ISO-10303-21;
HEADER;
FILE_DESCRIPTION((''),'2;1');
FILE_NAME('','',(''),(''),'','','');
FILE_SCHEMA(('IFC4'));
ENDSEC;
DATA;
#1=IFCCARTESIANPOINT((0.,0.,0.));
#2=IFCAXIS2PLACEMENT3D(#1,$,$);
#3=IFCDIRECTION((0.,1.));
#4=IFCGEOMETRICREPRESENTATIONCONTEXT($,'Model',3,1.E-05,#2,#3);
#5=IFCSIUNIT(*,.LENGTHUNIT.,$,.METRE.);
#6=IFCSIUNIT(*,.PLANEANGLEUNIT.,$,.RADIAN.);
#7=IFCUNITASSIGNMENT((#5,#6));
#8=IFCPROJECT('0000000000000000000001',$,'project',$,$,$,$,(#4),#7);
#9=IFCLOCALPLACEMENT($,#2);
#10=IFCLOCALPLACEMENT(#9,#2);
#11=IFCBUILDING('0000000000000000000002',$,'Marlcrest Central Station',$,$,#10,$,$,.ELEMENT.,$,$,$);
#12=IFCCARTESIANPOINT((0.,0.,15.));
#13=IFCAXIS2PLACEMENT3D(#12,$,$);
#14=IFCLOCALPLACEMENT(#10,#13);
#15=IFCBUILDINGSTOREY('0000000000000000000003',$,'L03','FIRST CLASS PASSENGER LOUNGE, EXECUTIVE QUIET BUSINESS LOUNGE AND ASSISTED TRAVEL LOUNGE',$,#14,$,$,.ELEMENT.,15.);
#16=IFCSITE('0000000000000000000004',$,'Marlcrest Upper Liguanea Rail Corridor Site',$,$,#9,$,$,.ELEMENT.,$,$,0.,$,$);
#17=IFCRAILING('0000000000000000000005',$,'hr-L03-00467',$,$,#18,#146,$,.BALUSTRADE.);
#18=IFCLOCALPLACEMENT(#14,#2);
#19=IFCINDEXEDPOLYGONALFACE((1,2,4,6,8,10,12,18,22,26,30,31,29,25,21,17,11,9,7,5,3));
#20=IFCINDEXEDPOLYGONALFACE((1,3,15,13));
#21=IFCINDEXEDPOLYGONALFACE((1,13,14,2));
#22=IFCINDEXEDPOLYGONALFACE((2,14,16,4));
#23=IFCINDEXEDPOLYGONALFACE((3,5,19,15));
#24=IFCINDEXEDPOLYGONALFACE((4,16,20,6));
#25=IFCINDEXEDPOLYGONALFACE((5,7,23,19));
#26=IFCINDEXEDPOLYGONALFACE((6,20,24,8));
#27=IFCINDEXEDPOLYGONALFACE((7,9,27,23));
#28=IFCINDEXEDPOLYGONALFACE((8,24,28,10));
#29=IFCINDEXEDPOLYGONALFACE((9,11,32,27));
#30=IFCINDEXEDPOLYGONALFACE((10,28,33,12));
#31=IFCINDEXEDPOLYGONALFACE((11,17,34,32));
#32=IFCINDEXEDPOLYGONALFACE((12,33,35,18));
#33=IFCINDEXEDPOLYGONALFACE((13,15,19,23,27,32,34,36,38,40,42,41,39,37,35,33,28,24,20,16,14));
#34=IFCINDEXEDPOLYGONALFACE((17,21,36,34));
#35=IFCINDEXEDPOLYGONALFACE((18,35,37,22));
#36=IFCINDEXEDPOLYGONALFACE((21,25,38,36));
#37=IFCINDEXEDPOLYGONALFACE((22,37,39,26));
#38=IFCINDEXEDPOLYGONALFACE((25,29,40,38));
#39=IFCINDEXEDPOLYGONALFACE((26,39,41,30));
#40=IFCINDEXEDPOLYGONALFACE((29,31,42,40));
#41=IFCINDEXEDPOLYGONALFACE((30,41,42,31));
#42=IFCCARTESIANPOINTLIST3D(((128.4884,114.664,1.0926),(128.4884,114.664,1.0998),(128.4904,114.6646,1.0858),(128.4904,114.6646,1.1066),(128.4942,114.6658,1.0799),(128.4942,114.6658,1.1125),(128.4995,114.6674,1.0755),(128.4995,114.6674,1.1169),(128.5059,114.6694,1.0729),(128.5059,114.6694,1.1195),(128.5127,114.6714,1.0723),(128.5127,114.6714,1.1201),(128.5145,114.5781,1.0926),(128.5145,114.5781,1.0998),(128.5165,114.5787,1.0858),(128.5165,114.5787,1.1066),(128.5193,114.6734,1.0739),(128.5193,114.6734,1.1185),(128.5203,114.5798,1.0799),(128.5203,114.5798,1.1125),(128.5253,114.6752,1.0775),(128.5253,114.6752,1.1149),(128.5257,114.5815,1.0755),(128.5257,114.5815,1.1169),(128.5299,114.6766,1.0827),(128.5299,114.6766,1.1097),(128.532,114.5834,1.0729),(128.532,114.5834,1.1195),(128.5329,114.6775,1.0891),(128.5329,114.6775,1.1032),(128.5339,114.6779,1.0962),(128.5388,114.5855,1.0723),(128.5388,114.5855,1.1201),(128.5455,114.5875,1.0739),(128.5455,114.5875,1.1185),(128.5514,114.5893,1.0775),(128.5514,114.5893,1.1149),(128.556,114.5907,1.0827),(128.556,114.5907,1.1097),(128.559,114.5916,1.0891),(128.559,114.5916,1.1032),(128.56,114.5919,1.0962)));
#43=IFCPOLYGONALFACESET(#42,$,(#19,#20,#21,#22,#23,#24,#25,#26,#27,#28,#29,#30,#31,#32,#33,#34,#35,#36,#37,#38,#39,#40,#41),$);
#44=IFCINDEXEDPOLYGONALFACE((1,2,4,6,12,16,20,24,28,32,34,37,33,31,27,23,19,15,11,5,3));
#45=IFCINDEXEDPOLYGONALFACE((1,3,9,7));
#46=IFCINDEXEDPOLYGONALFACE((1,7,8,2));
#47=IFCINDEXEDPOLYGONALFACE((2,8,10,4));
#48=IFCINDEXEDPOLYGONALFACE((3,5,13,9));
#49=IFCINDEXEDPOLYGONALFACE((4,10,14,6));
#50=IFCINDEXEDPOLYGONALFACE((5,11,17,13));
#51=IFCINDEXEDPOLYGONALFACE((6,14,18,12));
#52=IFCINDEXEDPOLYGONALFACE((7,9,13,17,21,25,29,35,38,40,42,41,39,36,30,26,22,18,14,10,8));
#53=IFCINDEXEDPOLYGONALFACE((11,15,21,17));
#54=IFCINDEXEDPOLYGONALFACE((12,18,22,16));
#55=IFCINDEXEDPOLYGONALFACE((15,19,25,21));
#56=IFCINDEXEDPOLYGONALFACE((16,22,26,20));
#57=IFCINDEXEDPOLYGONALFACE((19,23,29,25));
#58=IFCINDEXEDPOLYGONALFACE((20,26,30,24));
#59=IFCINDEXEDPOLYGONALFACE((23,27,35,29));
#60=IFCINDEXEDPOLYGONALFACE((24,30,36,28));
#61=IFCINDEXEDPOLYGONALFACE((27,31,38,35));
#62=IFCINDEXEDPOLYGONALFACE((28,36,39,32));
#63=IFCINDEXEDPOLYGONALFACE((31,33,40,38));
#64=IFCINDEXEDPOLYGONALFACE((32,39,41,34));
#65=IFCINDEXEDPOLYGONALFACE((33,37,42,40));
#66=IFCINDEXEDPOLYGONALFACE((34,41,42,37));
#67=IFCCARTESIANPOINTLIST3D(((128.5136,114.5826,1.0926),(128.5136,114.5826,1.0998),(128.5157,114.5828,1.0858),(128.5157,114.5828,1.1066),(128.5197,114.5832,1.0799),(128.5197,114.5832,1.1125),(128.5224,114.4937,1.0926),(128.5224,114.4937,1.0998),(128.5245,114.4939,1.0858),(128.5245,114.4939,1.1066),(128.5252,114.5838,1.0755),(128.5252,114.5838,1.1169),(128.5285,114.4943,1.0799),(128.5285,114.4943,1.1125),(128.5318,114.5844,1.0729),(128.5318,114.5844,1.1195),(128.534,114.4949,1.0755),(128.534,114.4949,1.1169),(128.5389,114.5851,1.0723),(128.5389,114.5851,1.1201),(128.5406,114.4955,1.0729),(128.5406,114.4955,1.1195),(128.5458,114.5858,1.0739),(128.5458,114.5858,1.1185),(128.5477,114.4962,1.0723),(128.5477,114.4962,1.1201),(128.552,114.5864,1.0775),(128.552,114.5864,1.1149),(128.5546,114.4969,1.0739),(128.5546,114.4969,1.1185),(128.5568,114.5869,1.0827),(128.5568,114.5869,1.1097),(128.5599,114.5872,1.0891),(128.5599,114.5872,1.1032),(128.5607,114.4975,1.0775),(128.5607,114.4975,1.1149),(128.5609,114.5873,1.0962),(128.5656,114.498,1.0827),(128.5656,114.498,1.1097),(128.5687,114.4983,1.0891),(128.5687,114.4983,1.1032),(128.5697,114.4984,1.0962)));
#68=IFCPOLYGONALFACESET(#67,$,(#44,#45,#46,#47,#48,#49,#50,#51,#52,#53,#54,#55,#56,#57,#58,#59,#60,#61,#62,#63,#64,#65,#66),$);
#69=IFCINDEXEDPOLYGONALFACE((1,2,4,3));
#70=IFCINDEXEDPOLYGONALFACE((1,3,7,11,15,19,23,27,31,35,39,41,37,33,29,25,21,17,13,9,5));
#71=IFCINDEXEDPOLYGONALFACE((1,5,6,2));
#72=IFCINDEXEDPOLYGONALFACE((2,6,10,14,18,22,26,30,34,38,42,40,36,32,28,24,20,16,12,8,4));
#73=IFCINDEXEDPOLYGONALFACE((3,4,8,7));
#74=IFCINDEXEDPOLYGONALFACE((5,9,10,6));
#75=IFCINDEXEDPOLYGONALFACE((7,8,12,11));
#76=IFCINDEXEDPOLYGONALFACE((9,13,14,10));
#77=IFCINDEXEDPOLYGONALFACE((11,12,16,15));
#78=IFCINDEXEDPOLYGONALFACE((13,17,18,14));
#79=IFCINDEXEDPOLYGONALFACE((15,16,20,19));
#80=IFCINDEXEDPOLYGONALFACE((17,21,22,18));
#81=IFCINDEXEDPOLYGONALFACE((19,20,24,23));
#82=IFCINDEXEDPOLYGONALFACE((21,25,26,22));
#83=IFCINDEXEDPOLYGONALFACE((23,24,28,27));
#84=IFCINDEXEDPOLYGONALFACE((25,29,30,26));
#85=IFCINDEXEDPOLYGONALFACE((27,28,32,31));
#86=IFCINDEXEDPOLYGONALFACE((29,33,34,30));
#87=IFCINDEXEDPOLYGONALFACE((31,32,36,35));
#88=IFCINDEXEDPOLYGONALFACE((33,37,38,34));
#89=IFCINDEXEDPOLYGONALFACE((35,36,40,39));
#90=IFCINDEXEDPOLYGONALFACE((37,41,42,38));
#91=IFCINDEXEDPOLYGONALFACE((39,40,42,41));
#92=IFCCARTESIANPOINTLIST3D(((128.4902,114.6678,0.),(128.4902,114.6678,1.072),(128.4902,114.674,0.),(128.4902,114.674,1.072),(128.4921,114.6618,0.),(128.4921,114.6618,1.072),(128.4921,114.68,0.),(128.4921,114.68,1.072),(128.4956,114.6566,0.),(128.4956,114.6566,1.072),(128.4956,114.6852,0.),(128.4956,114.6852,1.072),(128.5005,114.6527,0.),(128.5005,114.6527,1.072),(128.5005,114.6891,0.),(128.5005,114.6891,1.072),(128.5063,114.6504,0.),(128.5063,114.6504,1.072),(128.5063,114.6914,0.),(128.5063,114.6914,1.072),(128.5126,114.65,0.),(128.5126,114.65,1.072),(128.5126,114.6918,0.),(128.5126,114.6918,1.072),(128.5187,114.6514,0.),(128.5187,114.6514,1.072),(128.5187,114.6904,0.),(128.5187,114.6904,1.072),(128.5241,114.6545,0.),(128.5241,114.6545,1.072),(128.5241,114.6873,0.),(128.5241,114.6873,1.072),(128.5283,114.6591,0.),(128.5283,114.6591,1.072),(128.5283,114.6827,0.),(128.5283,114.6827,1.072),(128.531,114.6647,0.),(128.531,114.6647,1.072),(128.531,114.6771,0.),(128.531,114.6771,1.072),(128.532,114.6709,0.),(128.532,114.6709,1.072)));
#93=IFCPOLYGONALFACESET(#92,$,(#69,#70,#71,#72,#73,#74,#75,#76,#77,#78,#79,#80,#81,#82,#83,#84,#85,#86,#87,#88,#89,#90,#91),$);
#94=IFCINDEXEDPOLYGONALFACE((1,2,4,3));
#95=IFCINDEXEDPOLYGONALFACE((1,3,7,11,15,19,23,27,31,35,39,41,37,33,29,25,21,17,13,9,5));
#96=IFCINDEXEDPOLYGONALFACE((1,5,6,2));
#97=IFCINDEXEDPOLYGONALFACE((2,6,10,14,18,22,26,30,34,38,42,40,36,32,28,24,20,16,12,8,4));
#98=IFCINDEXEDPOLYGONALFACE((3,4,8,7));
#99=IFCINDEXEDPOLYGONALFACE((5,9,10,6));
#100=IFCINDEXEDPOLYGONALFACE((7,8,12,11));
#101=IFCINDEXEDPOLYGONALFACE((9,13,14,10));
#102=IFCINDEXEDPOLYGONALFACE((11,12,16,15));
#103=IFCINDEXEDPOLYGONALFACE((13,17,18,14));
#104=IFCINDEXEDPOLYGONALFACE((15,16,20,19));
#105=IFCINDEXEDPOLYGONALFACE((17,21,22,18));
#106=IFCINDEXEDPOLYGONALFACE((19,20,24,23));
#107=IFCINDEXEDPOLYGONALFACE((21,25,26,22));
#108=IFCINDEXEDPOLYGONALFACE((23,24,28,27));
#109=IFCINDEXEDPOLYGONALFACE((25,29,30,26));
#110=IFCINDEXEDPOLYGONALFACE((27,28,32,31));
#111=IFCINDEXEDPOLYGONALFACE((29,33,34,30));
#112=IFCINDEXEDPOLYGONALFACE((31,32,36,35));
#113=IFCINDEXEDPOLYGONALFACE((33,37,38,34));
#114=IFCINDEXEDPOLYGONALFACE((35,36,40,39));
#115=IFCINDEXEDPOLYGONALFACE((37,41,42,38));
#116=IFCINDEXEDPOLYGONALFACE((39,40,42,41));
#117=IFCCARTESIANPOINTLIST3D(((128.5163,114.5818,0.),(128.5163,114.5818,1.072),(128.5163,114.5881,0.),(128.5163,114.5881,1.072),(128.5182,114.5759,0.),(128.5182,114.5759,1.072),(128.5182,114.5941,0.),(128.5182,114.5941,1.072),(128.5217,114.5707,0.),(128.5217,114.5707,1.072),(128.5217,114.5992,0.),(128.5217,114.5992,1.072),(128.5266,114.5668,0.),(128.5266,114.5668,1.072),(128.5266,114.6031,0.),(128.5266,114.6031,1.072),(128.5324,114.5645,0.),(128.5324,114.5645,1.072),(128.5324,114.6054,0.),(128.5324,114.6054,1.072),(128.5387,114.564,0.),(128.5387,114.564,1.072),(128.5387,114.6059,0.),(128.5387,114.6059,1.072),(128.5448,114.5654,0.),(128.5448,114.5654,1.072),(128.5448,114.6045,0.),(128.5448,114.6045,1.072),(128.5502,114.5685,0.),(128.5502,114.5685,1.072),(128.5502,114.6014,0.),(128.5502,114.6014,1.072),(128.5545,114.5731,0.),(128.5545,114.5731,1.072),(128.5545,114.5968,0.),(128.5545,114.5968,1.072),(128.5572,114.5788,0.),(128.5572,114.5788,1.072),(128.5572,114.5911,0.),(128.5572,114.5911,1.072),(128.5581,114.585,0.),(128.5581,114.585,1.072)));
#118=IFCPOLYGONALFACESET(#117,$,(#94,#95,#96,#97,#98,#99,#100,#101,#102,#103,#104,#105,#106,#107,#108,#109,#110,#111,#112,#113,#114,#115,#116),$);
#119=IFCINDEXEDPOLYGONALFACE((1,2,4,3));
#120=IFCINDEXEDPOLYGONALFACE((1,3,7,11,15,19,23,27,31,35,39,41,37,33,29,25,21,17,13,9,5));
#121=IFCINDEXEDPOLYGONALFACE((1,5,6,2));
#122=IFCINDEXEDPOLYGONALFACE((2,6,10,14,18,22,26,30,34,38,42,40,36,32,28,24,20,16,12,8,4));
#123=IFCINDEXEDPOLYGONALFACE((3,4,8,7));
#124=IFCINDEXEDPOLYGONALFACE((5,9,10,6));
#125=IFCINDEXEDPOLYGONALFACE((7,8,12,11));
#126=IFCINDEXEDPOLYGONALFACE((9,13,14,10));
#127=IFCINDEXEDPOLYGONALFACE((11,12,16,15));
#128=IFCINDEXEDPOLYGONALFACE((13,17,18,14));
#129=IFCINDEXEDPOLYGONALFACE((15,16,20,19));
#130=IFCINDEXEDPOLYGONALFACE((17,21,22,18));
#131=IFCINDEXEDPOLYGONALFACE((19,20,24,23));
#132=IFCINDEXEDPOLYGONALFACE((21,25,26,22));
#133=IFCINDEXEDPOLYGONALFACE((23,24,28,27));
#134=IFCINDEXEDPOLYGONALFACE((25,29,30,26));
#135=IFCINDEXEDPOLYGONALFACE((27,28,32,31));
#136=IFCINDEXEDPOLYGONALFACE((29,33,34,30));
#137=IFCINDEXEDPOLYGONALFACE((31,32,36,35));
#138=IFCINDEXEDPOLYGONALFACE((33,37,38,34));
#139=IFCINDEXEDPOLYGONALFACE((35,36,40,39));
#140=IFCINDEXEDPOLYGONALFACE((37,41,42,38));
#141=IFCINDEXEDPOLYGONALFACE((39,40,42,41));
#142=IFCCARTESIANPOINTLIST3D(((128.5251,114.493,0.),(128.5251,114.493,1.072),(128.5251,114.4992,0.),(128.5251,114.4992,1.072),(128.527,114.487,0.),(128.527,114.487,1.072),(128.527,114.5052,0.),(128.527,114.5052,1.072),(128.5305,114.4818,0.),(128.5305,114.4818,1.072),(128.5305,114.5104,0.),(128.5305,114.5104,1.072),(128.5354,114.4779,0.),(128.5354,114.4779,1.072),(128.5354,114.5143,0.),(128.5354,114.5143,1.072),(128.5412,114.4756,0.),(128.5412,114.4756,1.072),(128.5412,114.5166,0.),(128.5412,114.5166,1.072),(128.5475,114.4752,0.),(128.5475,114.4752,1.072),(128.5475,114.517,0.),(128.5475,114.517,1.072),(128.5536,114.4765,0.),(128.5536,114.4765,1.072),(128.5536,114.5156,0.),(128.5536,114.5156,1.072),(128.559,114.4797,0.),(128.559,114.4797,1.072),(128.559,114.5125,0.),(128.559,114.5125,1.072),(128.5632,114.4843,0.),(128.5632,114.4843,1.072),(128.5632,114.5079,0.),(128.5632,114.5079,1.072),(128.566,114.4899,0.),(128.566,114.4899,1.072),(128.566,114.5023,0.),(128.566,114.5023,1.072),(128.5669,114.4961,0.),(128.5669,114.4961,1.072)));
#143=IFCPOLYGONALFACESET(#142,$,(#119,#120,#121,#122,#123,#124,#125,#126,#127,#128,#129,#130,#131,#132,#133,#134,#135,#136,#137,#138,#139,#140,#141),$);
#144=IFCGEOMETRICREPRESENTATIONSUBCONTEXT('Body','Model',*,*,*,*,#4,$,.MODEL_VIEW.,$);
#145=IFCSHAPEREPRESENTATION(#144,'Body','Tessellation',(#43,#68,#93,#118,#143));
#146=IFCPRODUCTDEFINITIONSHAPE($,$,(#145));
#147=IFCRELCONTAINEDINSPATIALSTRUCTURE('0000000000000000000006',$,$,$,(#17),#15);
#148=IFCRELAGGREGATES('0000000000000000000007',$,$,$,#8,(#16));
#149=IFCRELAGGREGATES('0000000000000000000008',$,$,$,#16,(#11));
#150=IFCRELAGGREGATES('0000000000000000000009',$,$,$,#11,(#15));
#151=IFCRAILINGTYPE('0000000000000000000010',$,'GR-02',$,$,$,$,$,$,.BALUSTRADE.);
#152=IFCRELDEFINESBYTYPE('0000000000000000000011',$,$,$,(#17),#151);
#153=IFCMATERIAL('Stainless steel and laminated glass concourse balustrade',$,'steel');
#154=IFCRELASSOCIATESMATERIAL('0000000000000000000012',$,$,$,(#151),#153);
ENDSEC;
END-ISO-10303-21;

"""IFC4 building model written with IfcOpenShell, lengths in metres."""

from ifc_helpers import new_model, si_unit, direction, frame, origin, origin_2d, place, context, subcontext, project, spatial, circle, extrude, material, type_object, element, save


model = new_model("IFC4")

# Units and contexts
model_context = context("Model", 3, precision=1e-05, world=origin(), true_north=direction((0.0, 1.0)))
body_context = subcontext(model_context, "Body", "Model", "MODEL_VIEW")
ifc_project = project(units=[si_unit("LENGTHUNIT", "METRE"), si_unit("PLANEANGLEUNIT", "RADIAN")], contexts=[model_context])

# Site, building, storey
site_placement = place(None, origin())
site = spatial("IfcSite", under=ifc_project, at=site_placement, Name="Marlcrest Upper Liguanea Rail Corridor Site", CompositionType="ELEMENT", RefElevation=0.0)
building_placement = place(site_placement, origin())
building = spatial("IfcBuilding", under=site, at=building_placement, Name="Marlcrest Central Station", CompositionType="ELEMENT")
storey_placement = place(building_placement, frame((0.0, 0.0, 15.0)))
storey = spatial("IfcBuildingStorey", under=building, at=storey_placement, Name="L03", Description="FIRST CLASS PASSENGER LOUNGE, EXECUTIVE QUIET BUSINESS LOUNGE AND ASSISTED TRAVEL LOUNGE", CompositionType="ELEMENT", Elevation=15.0)

# Railing
ifc_material_1 = material(Name="Stainless steel and laminated glass concourse balustrade", Category="steel")
railing_type = type_object("IfcRailingType", Name="GR-02", PredefinedType="BALUSTRADE", material=ifc_material_1)
railing_1_placement = place(storey_placement, frame((128.511, 114.6709, 0.0)))
element("IfcRailing", 1, at=railing_1_placement, inside=storey, type_object=railing_type, Name="hr-L03-00467", PredefinedType="BALUSTRADE", context=body_context, shape_type="SweptSolid", body=[
    extrude(circle(Radius=0.0239, at=origin_2d()), frame((0.0, 0.0, 1.0962), z_axis=(0.290837, -0.956773, 0.0), x_axis=(0.956773, 0.290837, 0.0)), (0.0, 0.0, 1.0), 0.0898),
    extrude(circle(Radius=0.0239, at=origin_2d()), frame((0.0261, -0.0859, 1.0962), z_axis=(0.098421, -0.995145, 0.0), x_axis=(0.995145, 0.098421, 0.0)), (0.0, 0.0, 1.0), 0.0894),
    extrude(circle(Radius=0.021, at=origin_2d()), origin(), (0.0, 0.0, 1.0), 1.072),
    extrude(circle(Radius=0.021, at=origin_2d()), frame((0.0261, -0.0859, 0.0)), (0.0, 0.0, 1.0), 1.072),
    extrude(circle(Radius=0.021, at=origin_2d()), frame((0.0349, -0.1748, 0.0)), (0.0, 0.0, 1.0), 1.072),
])

save(model, "model.ifc")
